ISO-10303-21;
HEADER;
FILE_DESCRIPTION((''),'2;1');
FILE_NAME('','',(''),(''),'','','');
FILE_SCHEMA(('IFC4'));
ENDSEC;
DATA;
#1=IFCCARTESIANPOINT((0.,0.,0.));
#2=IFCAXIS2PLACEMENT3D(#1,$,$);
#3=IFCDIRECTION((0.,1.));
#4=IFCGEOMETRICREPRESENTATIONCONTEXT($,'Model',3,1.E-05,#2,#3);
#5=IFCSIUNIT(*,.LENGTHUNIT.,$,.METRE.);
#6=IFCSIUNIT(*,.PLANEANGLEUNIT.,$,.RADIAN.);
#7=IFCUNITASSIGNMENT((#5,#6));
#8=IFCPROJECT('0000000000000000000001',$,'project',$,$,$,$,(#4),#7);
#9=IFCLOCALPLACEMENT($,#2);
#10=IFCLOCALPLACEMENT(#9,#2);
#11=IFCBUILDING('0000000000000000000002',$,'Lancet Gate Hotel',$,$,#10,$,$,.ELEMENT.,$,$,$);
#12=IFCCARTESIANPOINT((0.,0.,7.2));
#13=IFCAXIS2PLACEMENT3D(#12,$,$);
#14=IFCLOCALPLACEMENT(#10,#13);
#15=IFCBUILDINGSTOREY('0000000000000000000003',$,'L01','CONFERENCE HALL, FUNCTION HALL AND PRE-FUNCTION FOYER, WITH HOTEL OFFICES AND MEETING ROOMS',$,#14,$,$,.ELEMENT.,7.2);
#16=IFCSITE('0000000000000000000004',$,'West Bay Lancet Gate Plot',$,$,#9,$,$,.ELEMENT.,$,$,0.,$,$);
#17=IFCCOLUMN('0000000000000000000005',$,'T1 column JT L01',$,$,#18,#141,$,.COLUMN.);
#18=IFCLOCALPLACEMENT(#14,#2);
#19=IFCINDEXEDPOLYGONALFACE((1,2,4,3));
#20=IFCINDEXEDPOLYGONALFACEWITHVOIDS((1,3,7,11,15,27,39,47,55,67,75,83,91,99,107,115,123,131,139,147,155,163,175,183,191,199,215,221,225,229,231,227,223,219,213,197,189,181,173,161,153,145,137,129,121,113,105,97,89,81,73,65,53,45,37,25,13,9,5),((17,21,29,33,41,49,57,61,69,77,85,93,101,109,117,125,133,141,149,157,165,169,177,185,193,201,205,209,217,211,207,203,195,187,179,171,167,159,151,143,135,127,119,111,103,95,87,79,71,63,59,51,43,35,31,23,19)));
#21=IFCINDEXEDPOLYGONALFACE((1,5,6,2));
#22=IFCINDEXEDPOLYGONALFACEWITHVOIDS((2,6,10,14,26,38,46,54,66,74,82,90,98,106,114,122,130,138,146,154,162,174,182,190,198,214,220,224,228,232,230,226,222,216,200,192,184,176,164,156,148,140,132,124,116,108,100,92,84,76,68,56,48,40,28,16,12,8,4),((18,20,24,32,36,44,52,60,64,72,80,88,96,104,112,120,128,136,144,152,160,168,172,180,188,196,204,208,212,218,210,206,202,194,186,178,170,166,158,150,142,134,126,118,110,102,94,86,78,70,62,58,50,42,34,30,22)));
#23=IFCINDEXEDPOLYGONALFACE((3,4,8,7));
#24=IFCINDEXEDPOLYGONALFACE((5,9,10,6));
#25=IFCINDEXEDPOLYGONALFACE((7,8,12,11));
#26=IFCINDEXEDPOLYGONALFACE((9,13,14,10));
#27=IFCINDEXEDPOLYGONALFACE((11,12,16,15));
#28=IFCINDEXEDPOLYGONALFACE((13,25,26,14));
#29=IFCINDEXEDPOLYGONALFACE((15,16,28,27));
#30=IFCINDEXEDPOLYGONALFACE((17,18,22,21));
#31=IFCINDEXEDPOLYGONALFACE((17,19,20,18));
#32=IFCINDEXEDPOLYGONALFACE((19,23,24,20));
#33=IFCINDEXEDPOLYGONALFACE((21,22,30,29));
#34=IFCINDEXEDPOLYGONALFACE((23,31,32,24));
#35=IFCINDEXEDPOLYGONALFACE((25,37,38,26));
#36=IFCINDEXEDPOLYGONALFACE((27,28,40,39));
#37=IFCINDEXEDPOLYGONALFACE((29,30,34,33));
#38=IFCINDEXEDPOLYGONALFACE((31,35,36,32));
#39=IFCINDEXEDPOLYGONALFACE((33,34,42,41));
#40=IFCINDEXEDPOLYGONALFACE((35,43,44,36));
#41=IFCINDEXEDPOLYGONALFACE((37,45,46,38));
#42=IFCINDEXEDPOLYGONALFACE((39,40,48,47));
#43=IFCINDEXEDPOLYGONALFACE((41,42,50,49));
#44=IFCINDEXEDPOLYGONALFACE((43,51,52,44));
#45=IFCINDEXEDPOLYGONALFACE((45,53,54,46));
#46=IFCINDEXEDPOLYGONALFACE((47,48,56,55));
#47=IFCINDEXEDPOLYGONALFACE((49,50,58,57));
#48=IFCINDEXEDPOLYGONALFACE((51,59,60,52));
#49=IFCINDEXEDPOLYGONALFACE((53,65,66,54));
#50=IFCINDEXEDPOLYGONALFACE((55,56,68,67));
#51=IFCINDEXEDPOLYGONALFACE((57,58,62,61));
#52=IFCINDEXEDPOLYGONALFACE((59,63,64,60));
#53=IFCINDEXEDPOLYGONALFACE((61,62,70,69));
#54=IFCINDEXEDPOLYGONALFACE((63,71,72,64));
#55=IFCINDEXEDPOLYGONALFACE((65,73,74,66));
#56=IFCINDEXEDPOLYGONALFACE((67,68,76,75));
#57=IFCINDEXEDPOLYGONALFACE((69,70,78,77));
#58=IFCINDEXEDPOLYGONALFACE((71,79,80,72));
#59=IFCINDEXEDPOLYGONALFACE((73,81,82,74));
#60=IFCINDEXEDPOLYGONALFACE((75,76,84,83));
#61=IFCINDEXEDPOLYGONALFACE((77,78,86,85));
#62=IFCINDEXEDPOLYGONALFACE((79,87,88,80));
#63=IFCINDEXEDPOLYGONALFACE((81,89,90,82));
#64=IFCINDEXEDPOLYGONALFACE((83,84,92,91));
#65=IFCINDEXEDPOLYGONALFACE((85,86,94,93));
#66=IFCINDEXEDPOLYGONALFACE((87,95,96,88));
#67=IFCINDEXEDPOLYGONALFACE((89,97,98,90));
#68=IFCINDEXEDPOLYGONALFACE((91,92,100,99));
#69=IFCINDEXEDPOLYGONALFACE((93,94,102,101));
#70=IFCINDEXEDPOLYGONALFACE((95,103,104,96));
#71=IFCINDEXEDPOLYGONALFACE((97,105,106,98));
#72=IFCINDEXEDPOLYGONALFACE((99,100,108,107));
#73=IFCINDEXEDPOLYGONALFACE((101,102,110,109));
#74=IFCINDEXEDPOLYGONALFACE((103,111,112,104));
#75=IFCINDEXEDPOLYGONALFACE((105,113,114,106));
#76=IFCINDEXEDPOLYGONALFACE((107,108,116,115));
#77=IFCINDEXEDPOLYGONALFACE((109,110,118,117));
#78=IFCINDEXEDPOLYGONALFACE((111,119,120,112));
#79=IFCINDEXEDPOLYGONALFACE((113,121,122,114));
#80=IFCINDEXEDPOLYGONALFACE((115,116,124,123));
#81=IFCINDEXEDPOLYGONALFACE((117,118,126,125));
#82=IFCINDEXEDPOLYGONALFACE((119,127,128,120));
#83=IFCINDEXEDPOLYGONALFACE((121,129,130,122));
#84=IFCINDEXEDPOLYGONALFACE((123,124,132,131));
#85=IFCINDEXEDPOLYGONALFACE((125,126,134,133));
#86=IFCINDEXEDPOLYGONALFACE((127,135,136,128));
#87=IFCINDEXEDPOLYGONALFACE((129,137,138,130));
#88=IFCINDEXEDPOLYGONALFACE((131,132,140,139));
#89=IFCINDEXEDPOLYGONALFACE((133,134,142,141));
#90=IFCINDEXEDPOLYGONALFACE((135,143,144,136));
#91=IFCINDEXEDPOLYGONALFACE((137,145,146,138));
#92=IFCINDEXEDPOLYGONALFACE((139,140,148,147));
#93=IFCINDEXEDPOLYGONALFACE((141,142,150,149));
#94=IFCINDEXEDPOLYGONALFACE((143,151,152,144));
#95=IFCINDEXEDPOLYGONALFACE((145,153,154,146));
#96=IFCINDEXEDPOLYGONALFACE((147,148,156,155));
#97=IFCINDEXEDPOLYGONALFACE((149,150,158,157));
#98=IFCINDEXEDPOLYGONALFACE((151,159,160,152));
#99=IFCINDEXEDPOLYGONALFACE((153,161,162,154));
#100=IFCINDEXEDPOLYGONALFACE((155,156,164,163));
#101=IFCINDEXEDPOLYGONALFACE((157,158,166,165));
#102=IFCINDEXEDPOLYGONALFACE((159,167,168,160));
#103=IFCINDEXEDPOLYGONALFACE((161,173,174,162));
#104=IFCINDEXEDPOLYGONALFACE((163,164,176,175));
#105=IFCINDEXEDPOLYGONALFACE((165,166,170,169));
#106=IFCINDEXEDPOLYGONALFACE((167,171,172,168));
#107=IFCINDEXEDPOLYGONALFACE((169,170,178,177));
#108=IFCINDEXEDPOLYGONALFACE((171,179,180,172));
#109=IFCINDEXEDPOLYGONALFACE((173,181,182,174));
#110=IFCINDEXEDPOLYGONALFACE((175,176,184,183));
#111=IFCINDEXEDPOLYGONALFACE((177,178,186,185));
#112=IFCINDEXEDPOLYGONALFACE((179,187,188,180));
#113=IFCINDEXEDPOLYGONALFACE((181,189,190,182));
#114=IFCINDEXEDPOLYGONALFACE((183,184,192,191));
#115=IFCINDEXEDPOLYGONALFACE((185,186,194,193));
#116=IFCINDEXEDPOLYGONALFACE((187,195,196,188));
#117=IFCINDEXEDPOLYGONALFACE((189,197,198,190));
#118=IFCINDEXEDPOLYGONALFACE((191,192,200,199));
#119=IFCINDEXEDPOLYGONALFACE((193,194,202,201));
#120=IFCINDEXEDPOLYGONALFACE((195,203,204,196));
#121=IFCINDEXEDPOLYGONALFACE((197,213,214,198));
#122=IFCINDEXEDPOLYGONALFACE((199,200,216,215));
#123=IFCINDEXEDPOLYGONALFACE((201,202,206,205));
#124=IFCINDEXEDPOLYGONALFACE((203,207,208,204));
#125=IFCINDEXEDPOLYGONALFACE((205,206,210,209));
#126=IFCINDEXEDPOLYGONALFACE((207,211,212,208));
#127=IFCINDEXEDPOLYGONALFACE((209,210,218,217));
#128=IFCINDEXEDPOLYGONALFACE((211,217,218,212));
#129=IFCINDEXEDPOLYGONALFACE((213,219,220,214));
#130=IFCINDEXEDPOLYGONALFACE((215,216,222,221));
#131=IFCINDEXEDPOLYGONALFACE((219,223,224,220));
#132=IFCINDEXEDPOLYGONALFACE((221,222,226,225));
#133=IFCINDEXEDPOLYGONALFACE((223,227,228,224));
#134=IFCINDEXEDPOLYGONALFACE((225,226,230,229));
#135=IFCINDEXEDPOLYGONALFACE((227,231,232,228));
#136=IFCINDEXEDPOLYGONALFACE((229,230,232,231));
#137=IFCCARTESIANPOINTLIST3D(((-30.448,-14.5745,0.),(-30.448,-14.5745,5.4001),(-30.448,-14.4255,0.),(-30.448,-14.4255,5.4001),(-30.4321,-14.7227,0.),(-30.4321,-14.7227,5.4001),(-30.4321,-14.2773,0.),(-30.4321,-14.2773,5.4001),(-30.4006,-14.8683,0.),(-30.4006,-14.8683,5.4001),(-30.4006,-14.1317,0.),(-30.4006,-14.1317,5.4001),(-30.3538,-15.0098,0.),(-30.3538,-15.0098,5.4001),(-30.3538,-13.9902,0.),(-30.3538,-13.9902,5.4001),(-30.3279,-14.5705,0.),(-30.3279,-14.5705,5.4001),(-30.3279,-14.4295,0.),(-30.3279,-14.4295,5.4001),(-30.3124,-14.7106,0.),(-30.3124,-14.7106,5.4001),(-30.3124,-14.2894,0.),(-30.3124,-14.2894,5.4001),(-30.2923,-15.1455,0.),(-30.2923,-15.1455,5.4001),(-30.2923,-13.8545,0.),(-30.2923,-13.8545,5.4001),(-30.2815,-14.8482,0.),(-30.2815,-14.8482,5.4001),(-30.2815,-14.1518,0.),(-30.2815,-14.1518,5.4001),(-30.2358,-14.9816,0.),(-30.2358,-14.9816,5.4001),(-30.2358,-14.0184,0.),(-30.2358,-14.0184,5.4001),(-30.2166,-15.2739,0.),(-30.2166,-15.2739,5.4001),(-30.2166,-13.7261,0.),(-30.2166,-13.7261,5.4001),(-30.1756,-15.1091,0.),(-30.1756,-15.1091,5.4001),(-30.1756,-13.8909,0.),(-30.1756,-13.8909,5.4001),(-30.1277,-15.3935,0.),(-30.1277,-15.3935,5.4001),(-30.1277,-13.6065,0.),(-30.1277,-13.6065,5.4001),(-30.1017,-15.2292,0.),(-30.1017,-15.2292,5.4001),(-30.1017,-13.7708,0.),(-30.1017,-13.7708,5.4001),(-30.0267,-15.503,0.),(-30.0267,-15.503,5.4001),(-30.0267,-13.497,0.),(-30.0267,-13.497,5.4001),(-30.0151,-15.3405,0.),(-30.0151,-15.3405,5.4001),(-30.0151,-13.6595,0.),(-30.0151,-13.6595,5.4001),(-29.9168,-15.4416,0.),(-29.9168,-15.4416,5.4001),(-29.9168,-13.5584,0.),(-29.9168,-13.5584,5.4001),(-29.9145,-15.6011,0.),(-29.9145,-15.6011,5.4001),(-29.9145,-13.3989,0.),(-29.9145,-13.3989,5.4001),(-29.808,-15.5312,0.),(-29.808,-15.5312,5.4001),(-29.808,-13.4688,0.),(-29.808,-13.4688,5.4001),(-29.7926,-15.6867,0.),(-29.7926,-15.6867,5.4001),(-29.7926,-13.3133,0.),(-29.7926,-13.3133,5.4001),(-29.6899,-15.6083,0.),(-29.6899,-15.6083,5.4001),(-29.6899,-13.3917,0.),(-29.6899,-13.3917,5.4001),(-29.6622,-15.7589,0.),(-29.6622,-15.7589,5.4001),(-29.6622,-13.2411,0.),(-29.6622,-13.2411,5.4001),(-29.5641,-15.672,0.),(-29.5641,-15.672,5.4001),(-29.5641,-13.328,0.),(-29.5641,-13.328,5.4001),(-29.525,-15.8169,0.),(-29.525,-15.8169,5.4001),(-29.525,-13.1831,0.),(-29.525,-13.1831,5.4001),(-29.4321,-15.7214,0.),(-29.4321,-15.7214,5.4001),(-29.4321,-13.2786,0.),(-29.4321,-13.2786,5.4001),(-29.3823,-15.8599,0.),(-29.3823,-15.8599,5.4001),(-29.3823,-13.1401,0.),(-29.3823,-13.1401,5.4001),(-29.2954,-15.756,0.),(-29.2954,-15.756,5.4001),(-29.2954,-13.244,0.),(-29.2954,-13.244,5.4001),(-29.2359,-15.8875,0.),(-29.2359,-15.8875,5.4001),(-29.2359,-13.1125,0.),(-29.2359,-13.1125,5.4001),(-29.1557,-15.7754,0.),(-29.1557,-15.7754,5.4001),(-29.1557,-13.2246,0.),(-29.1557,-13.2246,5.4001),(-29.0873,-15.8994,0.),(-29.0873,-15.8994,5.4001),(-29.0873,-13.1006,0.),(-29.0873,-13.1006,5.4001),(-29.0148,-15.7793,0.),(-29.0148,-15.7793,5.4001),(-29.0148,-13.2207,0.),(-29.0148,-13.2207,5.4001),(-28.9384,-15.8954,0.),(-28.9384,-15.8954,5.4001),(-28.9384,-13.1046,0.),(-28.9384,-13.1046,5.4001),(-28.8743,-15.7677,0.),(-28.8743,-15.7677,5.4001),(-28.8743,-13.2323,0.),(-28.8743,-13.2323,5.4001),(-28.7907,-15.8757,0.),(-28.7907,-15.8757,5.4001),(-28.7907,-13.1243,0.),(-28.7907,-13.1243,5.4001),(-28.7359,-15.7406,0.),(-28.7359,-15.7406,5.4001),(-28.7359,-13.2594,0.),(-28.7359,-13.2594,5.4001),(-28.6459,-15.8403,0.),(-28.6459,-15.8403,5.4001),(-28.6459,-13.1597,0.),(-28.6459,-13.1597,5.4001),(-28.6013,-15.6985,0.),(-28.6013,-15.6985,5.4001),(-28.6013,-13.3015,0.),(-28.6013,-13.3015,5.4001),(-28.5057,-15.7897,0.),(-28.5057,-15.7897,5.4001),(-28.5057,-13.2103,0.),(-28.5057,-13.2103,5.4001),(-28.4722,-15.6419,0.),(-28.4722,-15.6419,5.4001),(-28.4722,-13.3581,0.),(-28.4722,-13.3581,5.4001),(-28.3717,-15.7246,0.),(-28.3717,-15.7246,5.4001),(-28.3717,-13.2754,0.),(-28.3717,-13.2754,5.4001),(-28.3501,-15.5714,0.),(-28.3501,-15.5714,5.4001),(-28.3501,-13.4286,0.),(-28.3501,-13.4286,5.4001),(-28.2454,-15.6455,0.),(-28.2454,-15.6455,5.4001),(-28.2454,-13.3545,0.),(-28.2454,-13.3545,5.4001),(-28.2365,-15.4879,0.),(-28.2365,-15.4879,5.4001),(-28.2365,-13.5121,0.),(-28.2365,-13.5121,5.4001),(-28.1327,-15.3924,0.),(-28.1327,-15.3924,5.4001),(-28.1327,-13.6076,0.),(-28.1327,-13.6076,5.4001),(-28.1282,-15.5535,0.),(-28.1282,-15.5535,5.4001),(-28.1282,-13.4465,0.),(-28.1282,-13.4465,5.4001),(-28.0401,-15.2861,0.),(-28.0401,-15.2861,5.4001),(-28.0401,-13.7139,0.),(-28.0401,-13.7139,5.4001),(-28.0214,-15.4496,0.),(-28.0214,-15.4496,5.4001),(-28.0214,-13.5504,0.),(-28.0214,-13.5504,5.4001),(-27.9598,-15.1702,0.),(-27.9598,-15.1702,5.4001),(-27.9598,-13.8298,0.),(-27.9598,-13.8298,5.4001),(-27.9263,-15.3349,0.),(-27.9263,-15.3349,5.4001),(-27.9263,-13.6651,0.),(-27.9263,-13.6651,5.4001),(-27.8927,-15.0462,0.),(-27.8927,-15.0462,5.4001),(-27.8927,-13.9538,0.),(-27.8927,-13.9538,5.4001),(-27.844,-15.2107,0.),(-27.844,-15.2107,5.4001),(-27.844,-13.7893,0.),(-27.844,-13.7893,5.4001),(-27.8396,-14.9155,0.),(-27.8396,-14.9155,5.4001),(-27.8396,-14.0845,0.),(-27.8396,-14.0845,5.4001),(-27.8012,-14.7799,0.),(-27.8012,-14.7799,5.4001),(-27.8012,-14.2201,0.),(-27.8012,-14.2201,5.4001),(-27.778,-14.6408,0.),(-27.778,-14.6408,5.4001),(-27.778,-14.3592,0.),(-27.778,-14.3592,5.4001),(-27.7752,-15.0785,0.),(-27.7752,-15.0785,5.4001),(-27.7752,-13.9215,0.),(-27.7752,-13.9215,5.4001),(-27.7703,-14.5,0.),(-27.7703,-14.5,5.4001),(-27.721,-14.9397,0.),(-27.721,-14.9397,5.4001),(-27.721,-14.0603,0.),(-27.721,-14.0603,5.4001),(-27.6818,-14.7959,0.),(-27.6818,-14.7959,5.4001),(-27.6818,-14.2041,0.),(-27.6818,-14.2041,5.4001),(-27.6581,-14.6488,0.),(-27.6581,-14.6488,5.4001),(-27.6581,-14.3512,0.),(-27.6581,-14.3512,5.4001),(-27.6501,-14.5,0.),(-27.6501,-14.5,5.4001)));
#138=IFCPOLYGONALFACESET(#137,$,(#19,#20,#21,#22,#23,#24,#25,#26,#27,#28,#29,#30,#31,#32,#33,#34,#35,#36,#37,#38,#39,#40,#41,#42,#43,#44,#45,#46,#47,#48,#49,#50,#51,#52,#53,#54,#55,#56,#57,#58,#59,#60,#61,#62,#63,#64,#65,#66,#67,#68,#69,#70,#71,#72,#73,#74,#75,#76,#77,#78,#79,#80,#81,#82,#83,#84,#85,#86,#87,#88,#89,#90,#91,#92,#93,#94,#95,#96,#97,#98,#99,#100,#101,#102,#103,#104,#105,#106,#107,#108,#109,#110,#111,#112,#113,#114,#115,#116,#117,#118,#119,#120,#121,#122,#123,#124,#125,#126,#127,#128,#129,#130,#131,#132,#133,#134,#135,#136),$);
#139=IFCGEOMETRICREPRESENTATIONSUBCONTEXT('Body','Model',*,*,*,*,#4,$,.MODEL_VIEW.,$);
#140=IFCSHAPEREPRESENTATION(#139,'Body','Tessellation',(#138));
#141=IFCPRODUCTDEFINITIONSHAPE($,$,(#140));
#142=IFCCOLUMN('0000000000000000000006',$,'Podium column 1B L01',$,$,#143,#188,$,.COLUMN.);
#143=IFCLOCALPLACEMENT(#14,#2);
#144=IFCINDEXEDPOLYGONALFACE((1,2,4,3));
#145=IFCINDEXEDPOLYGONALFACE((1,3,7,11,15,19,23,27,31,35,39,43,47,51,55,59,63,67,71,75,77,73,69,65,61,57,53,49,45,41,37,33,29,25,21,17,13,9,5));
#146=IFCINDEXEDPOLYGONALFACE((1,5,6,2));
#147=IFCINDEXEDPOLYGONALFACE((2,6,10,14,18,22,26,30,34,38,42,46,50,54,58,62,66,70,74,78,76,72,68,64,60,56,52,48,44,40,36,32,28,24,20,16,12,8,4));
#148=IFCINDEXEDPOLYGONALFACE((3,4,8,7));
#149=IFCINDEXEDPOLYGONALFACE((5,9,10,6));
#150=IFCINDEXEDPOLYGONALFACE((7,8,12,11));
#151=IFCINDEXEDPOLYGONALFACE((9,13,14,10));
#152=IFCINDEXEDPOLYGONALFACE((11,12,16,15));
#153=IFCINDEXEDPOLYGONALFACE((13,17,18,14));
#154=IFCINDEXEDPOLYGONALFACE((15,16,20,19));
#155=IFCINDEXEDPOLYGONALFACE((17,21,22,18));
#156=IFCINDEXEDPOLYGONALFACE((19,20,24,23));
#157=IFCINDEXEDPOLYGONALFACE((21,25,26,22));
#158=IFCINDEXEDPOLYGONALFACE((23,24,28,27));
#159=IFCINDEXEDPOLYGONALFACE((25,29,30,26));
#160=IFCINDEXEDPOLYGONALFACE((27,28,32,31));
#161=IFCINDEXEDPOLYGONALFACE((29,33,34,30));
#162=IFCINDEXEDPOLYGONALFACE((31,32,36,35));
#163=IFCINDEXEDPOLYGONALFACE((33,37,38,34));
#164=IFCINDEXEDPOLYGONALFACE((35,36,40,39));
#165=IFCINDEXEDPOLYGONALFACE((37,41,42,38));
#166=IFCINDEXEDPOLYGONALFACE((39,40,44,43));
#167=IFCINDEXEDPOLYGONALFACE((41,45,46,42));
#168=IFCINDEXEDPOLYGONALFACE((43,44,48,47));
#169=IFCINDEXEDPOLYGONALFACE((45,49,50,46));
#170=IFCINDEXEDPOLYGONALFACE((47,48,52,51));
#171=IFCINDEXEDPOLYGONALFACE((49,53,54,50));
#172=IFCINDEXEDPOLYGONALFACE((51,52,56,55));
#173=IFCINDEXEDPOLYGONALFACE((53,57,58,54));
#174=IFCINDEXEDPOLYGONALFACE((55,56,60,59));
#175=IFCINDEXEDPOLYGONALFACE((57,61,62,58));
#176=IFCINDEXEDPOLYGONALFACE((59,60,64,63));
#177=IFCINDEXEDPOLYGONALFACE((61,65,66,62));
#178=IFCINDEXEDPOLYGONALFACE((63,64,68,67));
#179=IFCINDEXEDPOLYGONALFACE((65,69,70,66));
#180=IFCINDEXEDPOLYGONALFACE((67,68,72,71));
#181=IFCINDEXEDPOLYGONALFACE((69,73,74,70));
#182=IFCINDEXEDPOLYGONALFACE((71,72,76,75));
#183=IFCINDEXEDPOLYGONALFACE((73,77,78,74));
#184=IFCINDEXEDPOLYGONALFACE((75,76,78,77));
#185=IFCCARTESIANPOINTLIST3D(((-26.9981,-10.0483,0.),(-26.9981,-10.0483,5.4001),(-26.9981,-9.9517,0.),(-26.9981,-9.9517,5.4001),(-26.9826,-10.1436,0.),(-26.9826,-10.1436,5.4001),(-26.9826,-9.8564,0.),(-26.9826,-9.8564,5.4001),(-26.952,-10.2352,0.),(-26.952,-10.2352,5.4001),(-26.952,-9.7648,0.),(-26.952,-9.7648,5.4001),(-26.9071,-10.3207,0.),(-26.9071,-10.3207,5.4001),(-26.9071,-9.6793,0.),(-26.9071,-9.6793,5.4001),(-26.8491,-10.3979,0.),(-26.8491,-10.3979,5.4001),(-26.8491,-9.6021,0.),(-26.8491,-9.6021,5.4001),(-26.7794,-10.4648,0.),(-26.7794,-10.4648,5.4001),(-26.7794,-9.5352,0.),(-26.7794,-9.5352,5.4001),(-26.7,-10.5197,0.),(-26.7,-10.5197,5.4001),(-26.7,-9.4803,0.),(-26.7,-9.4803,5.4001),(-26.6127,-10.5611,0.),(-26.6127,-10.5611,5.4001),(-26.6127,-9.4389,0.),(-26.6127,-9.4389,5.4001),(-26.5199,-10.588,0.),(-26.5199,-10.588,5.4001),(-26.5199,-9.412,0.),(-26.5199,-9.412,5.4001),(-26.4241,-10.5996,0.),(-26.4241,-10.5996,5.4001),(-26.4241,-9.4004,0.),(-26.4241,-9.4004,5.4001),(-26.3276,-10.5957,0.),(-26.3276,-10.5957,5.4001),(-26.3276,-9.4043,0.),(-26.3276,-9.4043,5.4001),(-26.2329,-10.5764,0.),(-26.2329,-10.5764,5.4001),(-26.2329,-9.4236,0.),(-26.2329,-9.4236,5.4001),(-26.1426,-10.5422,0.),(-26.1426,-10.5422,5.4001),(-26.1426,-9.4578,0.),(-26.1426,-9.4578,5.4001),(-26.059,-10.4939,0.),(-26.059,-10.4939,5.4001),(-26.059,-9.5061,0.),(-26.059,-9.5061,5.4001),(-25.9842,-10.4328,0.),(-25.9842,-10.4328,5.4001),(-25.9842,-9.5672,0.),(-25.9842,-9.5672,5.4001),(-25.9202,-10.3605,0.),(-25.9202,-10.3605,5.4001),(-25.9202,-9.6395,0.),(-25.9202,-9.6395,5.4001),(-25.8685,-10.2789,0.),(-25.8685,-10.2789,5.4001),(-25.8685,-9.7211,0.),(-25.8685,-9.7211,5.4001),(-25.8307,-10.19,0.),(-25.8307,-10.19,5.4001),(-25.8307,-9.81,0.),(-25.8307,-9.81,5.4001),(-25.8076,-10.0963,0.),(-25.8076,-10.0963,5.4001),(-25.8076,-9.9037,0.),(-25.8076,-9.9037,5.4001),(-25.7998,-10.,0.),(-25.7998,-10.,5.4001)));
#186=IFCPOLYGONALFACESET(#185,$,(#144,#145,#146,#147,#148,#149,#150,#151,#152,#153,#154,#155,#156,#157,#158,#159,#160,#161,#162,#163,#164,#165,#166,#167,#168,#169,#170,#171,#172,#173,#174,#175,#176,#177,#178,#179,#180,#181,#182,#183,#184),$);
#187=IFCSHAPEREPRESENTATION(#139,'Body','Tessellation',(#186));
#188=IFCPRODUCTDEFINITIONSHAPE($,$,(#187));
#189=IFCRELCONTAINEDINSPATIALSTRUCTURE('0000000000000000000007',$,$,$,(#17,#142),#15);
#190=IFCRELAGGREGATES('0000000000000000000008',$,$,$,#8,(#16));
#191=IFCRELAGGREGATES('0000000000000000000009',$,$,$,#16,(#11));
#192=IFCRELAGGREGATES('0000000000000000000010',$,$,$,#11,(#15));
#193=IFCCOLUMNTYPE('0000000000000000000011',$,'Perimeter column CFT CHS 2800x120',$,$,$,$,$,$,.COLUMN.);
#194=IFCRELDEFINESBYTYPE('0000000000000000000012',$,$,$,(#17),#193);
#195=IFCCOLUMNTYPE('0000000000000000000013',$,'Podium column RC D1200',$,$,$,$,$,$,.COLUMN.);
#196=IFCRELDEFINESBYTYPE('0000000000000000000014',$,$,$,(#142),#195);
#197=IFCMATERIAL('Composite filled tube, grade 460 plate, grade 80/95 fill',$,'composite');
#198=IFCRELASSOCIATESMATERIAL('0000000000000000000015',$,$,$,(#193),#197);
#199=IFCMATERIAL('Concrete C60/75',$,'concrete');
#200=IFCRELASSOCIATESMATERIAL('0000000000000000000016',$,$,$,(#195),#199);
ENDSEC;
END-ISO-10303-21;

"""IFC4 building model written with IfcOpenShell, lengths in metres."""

from ifc_helpers import new_model, si_unit, direction, frame, origin, origin_2d, place, context, subcontext, project, spatial, circle, hollow_circle, extrude, material, material_profile, profile_set, type_object, element, save


model = new_model("IFC4")

# Units and contexts
model_context = context("Model", 3, precision=1e-05, world=origin(), true_north=direction((0.0, 1.0)))
body_context = subcontext(model_context, "Body", "Model", "MODEL_VIEW")
ifc_project = project(units=[si_unit("LENGTHUNIT", "METRE"), si_unit("PLANEANGLEUNIT", "RADIAN")], contexts=[model_context])

# Site, building, storey
site_placement = place(None, origin())
site = spatial("IfcSite", under=ifc_project, at=site_placement, Name="West Bay Lancet Gate Plot", CompositionType="ELEMENT", RefElevation=0.0)
building_placement = place(site_placement, origin())
building = spatial("IfcBuilding", under=site, at=building_placement, Name="Lancet Gate Hotel", CompositionType="ELEMENT")
storey_placement = place(building_placement, frame((0.0, 0.0, 7.2)))
storey = spatial("IfcBuildingStorey", under=building, at=storey_placement, Name="L01", Description="CONFERENCE HALL, FUNCTION HALL AND PRE-FUNCTION FOYER, WITH HOTEL OFFICES AND MEETING ROOMS", CompositionType="ELEMENT", Elevation=7.2)

# Columns
ifc_material_1 = material(Name="Composite filled tube, grade 460 plate, grade 80/95 fill", Category="composite")
ifc_material_profile_1 = material_profile(ifc_material_1, hollow_circle(Radius=1.3999, WallThickness=0.1201, at=origin_2d()), Name="CHS 2800x120")
ifc_profile_set_1 = profile_set([ifc_material_profile_1], Name="Composite filled tube, grade 460 plate, grade 80/95 fill")
column_type_1 = type_object("IfcColumnType", Name="Perimeter column CFT CHS 2800x120", PredefinedType="COLUMN", material=ifc_profile_set_1)
for number, where, z_axis, x_axis, name in (
    (1, (-29.05, -14.5, 0.0), (0.0, 0.0, 1.0), (1.0, 0.0, 0.0), "T1 column JT L01"),
):
    element("IfcColumn", number, at=place(storey_placement, frame(where, z_axis=z_axis, x_axis=x_axis)), inside=storey, type_object=column_type_1, Name=name, PredefinedType="COLUMN", context=body_context, shape_type="SweptSolid", body=[
        extrude(hollow_circle(Radius=1.3999, WallThickness=0.1201, at=origin_2d()), origin(), (0.0, 0.0, 1.0), 5.4001),
    ])
ifc_material_2 = material(Name="Concrete C60/75", Category="concrete")
ifc_material_profile_2 = material_profile(ifc_material_2, circle(Radius=0.6001, at=origin_2d()), Name="RC D1200")
ifc_profile_set_2 = profile_set([ifc_material_profile_2], Name="Concrete C60/75")
column_type_2 = type_object("IfcColumnType", Name="Podium column RC D1200", PredefinedType="COLUMN", material=ifc_profile_set_2)
for number, where, z_axis, x_axis, name in (
    (2, (-26.3999, -10.0, 0.0), (0.0, 0.0, 1.0), (1.0, 0.0, 0.0), "Podium column 1B L01"),
):
    element("IfcColumn", number, at=place(storey_placement, frame(where, z_axis=z_axis, x_axis=x_axis)), inside=storey, type_object=column_type_2, Name=name, PredefinedType="COLUMN", context=body_context, shape_type="SweptSolid", body=[
        extrude(circle(Radius=0.6001, at=origin_2d()), origin(), (0.0, 0.0, 1.0), 5.4001),
    ])

save(model, "model.ifc")
